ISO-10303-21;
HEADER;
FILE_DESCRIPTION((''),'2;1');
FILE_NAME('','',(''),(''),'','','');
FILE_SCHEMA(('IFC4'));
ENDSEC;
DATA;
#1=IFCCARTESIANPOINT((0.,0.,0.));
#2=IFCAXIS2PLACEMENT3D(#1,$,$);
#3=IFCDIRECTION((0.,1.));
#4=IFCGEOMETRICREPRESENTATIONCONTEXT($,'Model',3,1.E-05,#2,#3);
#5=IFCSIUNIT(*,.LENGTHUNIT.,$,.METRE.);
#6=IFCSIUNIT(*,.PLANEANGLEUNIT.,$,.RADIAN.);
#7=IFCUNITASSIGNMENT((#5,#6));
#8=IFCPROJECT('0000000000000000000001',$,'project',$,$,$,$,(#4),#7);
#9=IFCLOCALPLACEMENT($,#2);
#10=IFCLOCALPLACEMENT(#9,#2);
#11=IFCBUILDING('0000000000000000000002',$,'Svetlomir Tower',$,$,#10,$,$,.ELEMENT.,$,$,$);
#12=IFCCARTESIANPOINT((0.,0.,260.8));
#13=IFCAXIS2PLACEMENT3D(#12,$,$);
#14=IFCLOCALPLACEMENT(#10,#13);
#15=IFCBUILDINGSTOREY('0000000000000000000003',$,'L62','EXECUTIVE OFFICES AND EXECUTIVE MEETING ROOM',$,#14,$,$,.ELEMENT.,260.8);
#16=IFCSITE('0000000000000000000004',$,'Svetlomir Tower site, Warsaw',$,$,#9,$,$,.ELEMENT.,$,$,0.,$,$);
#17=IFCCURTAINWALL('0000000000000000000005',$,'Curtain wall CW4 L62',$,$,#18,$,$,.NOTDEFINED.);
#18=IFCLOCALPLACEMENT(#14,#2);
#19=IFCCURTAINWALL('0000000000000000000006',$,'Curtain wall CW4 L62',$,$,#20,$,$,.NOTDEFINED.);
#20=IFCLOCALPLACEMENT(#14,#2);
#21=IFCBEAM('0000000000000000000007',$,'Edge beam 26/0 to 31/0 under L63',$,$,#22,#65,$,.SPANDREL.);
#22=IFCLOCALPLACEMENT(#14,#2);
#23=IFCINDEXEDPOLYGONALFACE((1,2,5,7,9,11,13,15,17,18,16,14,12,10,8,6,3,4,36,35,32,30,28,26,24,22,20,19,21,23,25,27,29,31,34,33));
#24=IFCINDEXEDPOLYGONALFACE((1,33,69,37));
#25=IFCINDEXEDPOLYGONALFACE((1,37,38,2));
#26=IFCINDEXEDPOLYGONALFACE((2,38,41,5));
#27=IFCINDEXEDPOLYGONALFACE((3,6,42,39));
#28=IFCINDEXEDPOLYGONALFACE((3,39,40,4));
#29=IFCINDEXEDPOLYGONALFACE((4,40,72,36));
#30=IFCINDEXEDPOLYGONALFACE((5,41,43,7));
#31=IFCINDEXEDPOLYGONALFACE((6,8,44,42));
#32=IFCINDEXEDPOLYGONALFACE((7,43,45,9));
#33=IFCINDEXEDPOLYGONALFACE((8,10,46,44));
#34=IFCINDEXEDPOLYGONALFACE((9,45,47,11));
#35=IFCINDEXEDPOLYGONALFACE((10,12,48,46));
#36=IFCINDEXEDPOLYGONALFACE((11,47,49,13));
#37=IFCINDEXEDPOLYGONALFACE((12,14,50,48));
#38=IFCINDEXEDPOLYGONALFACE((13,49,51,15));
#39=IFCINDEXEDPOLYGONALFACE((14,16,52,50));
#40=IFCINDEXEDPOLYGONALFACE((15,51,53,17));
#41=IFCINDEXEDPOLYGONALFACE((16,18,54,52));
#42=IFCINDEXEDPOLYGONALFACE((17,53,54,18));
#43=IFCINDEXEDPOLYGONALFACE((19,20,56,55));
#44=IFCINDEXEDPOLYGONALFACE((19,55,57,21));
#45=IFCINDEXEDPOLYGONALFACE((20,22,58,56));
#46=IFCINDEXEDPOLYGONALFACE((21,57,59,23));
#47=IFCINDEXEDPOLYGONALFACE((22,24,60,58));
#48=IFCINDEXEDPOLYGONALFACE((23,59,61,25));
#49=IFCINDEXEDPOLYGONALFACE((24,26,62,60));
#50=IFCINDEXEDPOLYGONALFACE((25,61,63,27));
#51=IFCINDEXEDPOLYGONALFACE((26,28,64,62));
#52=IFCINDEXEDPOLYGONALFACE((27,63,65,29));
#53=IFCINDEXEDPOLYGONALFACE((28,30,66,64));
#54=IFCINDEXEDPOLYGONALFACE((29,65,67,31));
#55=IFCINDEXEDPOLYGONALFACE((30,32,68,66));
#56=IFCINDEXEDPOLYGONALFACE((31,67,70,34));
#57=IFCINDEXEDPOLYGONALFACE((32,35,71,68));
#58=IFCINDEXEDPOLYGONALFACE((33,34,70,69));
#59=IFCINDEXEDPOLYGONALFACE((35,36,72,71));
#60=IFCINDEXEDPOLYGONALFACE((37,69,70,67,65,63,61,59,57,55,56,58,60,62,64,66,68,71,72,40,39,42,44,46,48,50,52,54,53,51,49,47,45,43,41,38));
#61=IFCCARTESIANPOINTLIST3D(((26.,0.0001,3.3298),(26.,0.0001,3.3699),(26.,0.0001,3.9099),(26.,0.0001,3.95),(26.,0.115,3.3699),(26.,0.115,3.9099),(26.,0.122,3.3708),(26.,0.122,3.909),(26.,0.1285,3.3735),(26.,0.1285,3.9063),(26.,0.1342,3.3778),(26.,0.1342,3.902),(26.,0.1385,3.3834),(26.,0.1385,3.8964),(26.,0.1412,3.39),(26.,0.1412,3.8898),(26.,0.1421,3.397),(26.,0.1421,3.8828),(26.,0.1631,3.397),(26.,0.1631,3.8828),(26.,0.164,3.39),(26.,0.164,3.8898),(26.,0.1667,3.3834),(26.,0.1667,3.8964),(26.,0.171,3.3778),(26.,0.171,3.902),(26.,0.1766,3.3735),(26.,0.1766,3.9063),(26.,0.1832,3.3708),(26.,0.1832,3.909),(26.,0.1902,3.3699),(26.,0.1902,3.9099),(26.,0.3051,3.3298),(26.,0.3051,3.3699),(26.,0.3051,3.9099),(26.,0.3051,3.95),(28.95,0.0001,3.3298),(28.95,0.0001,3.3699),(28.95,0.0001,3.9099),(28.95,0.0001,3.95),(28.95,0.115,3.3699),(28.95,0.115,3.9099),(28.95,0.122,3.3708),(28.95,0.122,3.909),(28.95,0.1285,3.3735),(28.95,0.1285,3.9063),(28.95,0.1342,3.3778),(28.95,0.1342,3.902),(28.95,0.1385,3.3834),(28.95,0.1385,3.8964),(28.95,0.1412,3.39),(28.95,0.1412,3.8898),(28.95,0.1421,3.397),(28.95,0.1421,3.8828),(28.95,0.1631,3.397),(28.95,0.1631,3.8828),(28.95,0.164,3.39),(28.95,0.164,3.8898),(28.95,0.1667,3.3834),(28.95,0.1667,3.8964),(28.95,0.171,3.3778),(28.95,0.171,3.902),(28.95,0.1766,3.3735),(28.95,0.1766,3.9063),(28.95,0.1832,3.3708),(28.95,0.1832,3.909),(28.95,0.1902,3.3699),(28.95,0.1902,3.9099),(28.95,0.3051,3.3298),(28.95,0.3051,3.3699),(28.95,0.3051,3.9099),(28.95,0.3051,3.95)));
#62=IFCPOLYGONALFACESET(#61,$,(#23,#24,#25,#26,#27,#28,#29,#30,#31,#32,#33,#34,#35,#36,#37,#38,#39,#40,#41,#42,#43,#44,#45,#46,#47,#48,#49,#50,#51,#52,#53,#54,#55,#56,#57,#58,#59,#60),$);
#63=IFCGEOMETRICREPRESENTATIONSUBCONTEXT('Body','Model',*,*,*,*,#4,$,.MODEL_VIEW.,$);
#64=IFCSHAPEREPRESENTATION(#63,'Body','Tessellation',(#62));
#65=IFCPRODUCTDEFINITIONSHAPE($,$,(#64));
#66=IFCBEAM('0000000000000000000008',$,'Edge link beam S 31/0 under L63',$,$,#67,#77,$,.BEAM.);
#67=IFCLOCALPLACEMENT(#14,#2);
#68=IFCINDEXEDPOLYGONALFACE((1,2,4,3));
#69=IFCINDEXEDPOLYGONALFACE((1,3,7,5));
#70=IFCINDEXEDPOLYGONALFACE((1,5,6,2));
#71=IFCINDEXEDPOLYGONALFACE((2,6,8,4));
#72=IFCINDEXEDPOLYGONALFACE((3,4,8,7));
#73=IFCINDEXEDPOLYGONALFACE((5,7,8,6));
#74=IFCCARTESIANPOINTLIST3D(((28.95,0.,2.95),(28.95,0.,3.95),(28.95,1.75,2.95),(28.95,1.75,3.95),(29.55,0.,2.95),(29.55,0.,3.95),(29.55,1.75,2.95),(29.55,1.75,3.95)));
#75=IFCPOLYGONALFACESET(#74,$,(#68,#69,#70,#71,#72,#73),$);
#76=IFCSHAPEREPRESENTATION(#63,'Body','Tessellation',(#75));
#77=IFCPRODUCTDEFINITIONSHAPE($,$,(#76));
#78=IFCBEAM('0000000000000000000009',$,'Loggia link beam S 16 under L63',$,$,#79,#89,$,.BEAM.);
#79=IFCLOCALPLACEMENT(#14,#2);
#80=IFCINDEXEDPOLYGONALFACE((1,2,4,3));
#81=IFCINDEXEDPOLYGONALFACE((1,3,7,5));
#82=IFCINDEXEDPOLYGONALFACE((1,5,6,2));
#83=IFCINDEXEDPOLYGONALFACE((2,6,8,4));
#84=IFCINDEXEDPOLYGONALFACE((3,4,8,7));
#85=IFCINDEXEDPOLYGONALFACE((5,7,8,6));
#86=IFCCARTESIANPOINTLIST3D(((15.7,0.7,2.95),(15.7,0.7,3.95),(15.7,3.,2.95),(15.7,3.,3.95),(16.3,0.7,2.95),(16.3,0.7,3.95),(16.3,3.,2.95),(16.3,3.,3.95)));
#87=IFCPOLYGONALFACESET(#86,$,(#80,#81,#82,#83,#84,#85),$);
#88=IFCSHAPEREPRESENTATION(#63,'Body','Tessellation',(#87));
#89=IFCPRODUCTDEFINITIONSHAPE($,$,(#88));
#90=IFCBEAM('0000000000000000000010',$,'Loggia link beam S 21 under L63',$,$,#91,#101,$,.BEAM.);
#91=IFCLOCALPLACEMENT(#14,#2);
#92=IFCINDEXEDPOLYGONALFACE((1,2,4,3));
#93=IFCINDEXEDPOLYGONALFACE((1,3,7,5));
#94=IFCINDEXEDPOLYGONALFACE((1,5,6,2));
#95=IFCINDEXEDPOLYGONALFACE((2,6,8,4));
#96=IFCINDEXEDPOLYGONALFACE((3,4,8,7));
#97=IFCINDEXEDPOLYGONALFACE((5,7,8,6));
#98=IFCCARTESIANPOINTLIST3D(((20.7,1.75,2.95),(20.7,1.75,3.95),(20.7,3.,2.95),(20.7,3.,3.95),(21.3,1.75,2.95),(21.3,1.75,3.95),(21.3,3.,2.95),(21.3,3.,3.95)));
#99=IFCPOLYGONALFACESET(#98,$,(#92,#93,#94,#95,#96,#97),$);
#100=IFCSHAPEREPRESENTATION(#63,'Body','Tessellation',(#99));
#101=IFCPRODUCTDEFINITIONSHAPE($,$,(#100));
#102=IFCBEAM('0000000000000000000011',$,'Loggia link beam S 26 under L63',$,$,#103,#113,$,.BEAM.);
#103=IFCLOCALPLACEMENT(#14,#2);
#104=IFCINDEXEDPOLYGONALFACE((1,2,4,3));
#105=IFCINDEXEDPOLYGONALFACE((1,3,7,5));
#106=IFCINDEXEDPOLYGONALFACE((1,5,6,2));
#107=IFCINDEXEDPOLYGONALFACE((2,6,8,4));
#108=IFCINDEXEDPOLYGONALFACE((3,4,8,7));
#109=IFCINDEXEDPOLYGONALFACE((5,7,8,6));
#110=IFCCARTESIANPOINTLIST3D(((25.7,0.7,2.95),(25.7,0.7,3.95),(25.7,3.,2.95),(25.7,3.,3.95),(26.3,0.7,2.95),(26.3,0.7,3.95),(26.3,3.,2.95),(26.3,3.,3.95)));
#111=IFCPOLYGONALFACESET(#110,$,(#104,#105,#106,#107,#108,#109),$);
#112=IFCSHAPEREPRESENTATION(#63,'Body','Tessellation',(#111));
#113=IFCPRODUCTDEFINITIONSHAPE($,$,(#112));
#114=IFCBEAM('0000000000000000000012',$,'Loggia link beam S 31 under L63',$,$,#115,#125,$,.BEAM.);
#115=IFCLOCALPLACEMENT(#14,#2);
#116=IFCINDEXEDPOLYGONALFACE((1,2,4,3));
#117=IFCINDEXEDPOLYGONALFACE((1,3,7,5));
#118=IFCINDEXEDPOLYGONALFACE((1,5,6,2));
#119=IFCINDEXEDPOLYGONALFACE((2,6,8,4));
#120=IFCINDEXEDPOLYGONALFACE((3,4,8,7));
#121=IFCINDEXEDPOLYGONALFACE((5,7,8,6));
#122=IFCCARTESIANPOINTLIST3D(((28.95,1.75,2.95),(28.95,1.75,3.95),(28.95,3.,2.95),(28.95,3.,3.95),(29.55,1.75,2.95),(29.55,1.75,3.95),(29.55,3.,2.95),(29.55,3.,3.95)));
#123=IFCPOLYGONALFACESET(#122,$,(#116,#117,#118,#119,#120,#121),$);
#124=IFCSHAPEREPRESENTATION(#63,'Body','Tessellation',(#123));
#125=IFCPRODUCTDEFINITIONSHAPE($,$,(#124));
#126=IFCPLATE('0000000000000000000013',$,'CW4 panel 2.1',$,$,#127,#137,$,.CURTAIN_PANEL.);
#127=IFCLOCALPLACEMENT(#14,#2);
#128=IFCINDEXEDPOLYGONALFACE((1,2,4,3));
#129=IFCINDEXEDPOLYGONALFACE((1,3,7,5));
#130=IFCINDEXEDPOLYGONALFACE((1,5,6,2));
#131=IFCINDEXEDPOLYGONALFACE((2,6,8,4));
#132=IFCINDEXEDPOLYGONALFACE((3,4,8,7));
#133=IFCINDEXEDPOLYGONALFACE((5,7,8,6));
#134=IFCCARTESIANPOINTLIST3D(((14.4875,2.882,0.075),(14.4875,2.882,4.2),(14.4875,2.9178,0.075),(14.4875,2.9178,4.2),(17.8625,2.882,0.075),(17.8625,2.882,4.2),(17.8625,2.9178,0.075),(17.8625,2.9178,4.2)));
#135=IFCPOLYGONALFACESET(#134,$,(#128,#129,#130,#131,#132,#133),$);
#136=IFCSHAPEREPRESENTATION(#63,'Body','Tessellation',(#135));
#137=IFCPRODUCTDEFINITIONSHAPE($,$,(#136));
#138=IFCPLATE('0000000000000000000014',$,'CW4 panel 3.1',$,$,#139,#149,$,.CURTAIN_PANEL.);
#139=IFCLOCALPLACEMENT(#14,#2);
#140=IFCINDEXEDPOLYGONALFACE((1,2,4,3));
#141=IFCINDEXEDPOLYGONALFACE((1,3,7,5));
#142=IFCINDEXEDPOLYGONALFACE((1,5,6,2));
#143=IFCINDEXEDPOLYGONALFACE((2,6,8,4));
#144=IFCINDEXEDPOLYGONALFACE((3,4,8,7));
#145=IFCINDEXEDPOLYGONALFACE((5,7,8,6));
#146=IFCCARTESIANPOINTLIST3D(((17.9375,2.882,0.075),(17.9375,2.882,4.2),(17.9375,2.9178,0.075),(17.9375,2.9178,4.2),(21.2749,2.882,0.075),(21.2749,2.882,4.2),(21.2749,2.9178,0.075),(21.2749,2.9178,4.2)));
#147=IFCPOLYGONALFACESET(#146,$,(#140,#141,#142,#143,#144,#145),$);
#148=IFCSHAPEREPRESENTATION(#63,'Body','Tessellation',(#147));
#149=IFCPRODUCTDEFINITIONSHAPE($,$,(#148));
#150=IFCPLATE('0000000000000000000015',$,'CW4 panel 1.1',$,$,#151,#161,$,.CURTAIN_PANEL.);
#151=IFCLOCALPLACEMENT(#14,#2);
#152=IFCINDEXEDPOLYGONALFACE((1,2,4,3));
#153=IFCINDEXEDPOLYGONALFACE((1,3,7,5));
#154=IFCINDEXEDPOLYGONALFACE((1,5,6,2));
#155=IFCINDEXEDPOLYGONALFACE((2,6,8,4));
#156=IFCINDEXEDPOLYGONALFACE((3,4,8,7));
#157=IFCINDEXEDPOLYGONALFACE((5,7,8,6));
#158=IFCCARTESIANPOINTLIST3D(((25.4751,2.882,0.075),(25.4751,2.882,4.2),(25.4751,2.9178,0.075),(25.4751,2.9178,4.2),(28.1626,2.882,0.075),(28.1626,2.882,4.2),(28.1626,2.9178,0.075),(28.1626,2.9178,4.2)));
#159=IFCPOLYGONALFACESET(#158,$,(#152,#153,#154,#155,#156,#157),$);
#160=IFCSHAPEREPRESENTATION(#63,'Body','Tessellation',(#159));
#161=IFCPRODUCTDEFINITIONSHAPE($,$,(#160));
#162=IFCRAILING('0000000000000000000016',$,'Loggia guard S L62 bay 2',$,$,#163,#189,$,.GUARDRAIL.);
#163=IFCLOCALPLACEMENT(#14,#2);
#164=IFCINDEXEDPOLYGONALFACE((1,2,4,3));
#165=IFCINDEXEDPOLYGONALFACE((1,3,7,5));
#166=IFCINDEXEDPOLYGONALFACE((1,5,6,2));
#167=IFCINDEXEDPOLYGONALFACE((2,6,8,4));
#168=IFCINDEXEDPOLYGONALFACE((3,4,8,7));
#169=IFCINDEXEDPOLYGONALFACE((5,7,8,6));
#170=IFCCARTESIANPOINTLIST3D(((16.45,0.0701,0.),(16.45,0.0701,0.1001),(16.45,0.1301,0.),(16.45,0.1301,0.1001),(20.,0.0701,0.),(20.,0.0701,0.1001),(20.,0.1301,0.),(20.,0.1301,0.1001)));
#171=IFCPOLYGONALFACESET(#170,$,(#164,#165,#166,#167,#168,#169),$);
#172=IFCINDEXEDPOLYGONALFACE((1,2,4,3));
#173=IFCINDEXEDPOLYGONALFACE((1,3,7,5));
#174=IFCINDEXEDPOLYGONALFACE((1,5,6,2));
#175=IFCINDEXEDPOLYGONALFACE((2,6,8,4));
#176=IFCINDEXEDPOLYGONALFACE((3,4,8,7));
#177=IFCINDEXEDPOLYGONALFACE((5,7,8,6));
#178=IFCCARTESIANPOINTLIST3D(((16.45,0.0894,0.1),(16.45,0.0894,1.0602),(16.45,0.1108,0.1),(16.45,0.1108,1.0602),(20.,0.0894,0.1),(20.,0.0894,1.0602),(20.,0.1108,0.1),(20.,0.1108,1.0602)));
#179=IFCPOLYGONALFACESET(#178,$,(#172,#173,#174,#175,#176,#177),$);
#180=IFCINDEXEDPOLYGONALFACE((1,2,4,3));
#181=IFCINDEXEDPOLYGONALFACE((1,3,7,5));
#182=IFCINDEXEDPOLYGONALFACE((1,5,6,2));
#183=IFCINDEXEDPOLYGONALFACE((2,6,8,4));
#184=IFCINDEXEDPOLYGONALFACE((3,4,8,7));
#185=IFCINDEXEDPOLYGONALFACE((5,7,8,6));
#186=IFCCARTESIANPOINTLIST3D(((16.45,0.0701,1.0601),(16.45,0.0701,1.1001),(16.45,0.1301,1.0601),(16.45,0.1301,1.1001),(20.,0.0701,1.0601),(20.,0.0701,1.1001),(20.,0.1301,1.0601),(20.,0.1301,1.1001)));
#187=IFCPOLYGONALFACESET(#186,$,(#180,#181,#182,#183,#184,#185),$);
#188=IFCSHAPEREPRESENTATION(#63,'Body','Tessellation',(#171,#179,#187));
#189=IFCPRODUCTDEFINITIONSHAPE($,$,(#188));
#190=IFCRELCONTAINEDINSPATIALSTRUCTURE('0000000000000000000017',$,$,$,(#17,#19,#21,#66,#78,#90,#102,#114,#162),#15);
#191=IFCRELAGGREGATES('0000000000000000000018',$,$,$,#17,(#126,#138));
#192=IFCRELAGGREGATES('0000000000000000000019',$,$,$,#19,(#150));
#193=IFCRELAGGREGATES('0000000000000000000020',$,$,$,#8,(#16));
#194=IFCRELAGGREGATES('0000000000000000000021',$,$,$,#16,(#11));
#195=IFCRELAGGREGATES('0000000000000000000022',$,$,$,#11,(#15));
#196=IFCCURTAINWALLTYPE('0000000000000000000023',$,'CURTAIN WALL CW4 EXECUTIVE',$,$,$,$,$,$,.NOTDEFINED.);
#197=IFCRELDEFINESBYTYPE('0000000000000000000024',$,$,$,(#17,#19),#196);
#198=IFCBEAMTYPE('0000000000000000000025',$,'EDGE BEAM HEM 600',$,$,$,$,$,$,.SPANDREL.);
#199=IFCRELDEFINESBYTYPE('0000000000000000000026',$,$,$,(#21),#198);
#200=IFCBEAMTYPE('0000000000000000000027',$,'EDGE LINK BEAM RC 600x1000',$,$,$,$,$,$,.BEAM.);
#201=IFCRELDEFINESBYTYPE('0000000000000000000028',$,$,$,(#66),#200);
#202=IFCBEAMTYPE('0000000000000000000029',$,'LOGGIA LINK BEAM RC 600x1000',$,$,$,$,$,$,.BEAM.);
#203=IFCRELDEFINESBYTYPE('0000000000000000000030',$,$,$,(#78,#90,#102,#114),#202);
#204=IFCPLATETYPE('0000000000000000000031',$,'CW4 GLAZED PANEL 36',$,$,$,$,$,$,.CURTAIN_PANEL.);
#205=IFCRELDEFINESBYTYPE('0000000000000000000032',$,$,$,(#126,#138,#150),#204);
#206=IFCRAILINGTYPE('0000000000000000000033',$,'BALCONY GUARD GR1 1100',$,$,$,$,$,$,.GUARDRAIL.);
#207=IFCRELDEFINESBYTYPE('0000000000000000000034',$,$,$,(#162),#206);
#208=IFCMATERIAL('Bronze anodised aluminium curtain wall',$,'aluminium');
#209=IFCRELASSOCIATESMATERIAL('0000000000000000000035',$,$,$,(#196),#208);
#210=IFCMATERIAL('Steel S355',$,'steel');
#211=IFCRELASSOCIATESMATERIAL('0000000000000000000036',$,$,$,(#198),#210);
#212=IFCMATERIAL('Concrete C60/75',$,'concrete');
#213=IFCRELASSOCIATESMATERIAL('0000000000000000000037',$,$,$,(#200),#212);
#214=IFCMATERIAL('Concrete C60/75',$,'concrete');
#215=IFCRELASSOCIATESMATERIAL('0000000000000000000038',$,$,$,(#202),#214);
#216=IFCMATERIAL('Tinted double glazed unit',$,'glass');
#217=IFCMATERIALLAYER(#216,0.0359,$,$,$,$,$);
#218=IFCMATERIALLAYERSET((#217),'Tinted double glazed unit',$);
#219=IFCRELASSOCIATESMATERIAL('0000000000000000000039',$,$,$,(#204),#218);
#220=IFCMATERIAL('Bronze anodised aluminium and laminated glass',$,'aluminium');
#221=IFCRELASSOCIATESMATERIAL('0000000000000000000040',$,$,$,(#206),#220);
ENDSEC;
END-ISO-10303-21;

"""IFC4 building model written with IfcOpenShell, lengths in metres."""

from ifc_helpers import new_model, si_unit, direction, frame, origin, origin_2d, place, context, subcontext, project, spatial, rectangle, i_section, extrude, material, layer, layer_set, material_profile, profile_set, type_object, element, aggregate, save


model = new_model("IFC4")

# Units and contexts
model_context = context("Model", 3, precision=1e-05, world=origin(), true_north=direction((0.0, 1.0)))
body_context = subcontext(model_context, "Body", "Model", "MODEL_VIEW")
ifc_project = project(units=[si_unit("LENGTHUNIT", "METRE"), si_unit("PLANEANGLEUNIT", "RADIAN")], contexts=[model_context])

# Site, building, storey
site_placement = place(None, origin())
site = spatial("IfcSite", under=ifc_project, at=site_placement, Name="Svetlomir Tower site, Warsaw", CompositionType="ELEMENT", RefElevation=0.0)
building_placement = place(site_placement, origin())
building = spatial("IfcBuilding", under=site, at=building_placement, Name="Svetlomir Tower", CompositionType="ELEMENT")
storey_placement = place(building_placement, frame((0.0, 0.0, 260.8)))
storey = spatial("IfcBuildingStorey", under=building, at=storey_placement, Name="L62", Description="EXECUTIVE OFFICES AND EXECUTIVE MEETING ROOM", CompositionType="ELEMENT", Elevation=260.8)

# Curtain wall
ifc_material_1 = material(Name="Bronze anodised aluminium curtain wall", Category="aluminium")
curtain_wall_type = type_object("IfcCurtainWallType", Name="CURTAIN WALL CW4 EXECUTIVE", PredefinedType="NOTDEFINED", material=ifc_material_1)
curtain_wall_1_placement = place(storey_placement, origin())
curtain_wall_1 = element("IfcCurtainWall", 1, at=curtain_wall_1_placement, inside=storey, type_object=curtain_wall_type, Name="Curtain wall CW4 L62", PredefinedType="NOTDEFINED")

# Curtain wall
curtain_wall_2_placement = place(storey_placement, origin())
curtain_wall_2 = element("IfcCurtainWall", 2, at=curtain_wall_2_placement, inside=storey, type_object=curtain_wall_type, Name="Curtain wall CW4 L62", PredefinedType="NOTDEFINED")

# Beams
ifc_material_2 = material(Name="Steel S355", Category="steel")
ifc_material_profile_1 = material_profile(ifc_material_2, i_section(OverallWidth=0.3049, OverallDepth=0.6201, WebThickness=0.021, FlangeThickness=0.04, FilletRadius=0.0271, at=origin_2d()), Name="HEM 600")
ifc_profile_set_1 = profile_set([ifc_material_profile_1], Name="Steel S355")
beam_type_1 = type_object("IfcBeamType", Name="EDGE BEAM HEM 600", PredefinedType="SPANDREL", material=ifc_profile_set_1)
beam_1_placement = place(storey_placement, frame((26.0, 0.1526, 3.6399), z_axis=(1.0, 0.0, 0.0), x_axis=(0.0, 1.0, 0.0)))
element("IfcBeam", 3, at=beam_1_placement, inside=storey, type_object=beam_type_1, Name="Edge beam 26/0 to 31/0 under L63", PredefinedType="SPANDREL", context=body_context, shape_type="SweptSolid", body=[
    extrude(i_section(OverallWidth=0.3049, OverallDepth=0.6201, WebThickness=0.021, FlangeThickness=0.04, FilletRadius=0.0271, at=origin_2d()), origin(), (0.0, 0.0, 1.0), 2.95),
])
ifc_material_3 = material(Name="Concrete C60/75", Category="concrete")
ifc_material_profile_2 = material_profile(ifc_material_3, rectangle(XDim=0.6001, YDim=1.0, at=origin_2d()), Name="RC 600x1000")
ifc_profile_set_2 = profile_set([ifc_material_profile_2], Name="Concrete C60/75")
beam_type_2 = type_object("IfcBeamType", Name="EDGE LINK BEAM RC 600x1000", PredefinedType="BEAM", material=ifc_profile_set_2)
beam_2_placement = place(storey_placement, frame((29.25, 1.75, 3.45), z_axis=(0.0, -1.0, 0.0), x_axis=(1.0, 0.0, 0.0)))
element("IfcBeam", 4, at=beam_2_placement, inside=storey, type_object=beam_type_2, Name="Edge link beam S 31/0 under L63", PredefinedType="BEAM", context=body_context, shape_type="SweptSolid", body=[
    extrude(rectangle(XDim=0.6001, YDim=1.0, at=origin_2d()), origin(), (0.0, 0.0, 1.0), 1.75),
])
ifc_material_4 = material(Name="Concrete C60/75", Category="concrete")
ifc_material_profile_3 = material_profile(ifc_material_4, rectangle(XDim=0.6001, YDim=1.0, at=origin_2d()), Name="RC 600x1000")
ifc_profile_set_3 = profile_set([ifc_material_profile_3], Name="Concrete C60/75")
beam_type_3 = type_object("IfcBeamType", Name="LOGGIA LINK BEAM RC 600x1000", PredefinedType="BEAM", material=ifc_profile_set_3)
beam_3_placement = place(storey_placement, frame((16.0, 0.7, 3.45), z_axis=(0.0, 1.0, 0.0), x_axis=(-1.0, 0.0, 0.0)))
element("IfcBeam", 5, at=beam_3_placement, inside=storey, type_object=beam_type_3, Name="Loggia link beam S 16 under L63", PredefinedType="BEAM", context=body_context, shape_type="SweptSolid", body=[
    extrude(rectangle(XDim=0.6001, YDim=1.0, at=origin_2d()), origin(), (0.0, 0.0, 1.0), 2.3),
])
beam_4_placement = place(storey_placement, frame((21.0, 1.75, 3.45), z_axis=(0.0, 1.0, 0.0), x_axis=(-1.0, 0.0, 0.0)))
element("IfcBeam", 6, at=beam_4_placement, inside=storey, type_object=beam_type_3, Name="Loggia link beam S 21 under L63", PredefinedType="BEAM", context=body_context, shape_type="SweptSolid", body=[
    extrude(rectangle(XDim=0.6001, YDim=1.0, at=origin_2d()), origin(), (0.0, 0.0, 1.0), 1.25),
])
beam_5_placement = place(storey_placement, frame((26.0, 0.7, 3.45), z_axis=(0.0, 1.0, 0.0), x_axis=(-1.0, 0.0, 0.0)))
element("IfcBeam", 7, at=beam_5_placement, inside=storey, type_object=beam_type_3, Name="Loggia link beam S 26 under L63", PredefinedType="BEAM", context=body_context, shape_type="SweptSolid", body=[
    extrude(rectangle(XDim=0.6001, YDim=1.0, at=origin_2d()), origin(), (0.0, 0.0, 1.0), 2.3),
])
beam_6_placement = place(storey_placement, frame((29.25, 1.75, 3.45), z_axis=(0.0, 1.0, 0.0), x_axis=(-1.0, 0.0, 0.0)))
element("IfcBeam", 8, at=beam_6_placement, inside=storey, type_object=beam_type_3, Name="Loggia link beam S 31 under L63", PredefinedType="BEAM", context=body_context, shape_type="SweptSolid", body=[
    extrude(rectangle(XDim=0.6001, YDim=1.0, at=origin_2d()), origin(), (0.0, 0.0, 1.0), 1.25),
])

# Plates
ifc_material_5 = material(Name="Tinted double glazed unit", Category="glass")
ifc_layer_1 = layer(ifc_material_5, 0.0359)
ifc_layer_set_1 = layer_set([ifc_layer_1], Name="Tinted double glazed unit")
plate_type = type_object("IfcPlateType", Name="CW4 GLAZED PANEL 36", PredefinedType="CURTAIN_PANEL", material=ifc_layer_set_1)
plate_1_placement = place(storey_placement, frame((16.175, 2.8999, 0.075), z_axis=(0.0, 0.0, 1.0), x_axis=(1.0, 0.0, 0.0)))
plate_1 = element("IfcPlate", 9, at=plate_1_placement, type_object=plate_type, Name="CW4 panel 2.1", PredefinedType="CURTAIN_PANEL", context=body_context, shape_type="SweptSolid", body=[
    extrude(rectangle(XDim=3.375, YDim=0.0359, at=origin_2d()), origin(), (0.0, 0.0, 1.0), 4.125),
])
plate_2_placement = place(storey_placement, frame((19.6062, 2.8999, 0.075), z_axis=(0.0, 0.0, 1.0), x_axis=(1.0, 0.0, 0.0)))
plate_2 = element("IfcPlate", 10, at=plate_2_placement, type_object=plate_type, Name="CW4 panel 3.1", PredefinedType="CURTAIN_PANEL", context=body_context, shape_type="SweptSolid", body=[
    extrude(rectangle(XDim=3.3374, YDim=0.0359, at=origin_2d()), origin(), (0.0, 0.0, 1.0), 4.125),
])
aggregate(curtain_wall_1, [plate_1, plate_2])
plate_3_placement = place(storey_placement, frame((26.8188, 2.8999, 0.075), z_axis=(0.0, 0.0, 1.0), x_axis=(1.0, 0.0, 0.0)))
plate_3 = element("IfcPlate", 11, at=plate_3_placement, type_object=plate_type, Name="CW4 panel 1.1", PredefinedType="CURTAIN_PANEL", context=body_context, shape_type="SweptSolid", body=[
    extrude(rectangle(XDim=2.6875, YDim=0.0359, at=origin_2d()), origin(), (0.0, 0.0, 1.0), 4.125),
])
aggregate(curtain_wall_2, [plate_3])

# Railing
ifc_material_6 = material(Name="Bronze anodised aluminium and laminated glass", Category="aluminium")
railing_type = type_object("IfcRailingType", Name="BALCONY GUARD GR1 1100", PredefinedType="GUARDRAIL", material=ifc_material_6)
for number, where, name in (
    (12, (16.45, 0.1001, 0.0), "Loggia guard S L62 bay 2"),
):
    element("IfcRailing", number, at=place(storey_placement, frame(where)), inside=storey, type_object=railing_type, Name=name, PredefinedType="GUARDRAIL", context=body_context, shape_type="SweptSolid", body=[
        extrude(rectangle(XDim=0.0601, YDim=0.1001, at=origin_2d()), frame((0.0, 0.0, 0.05), z_axis=(1.0, 0.0, 0.0), x_axis=(0.0, 1.0, 0.0)), (0.0, 0.0, 1.0), 3.55),
        extrude(rectangle(XDim=0.0215, YDim=0.9602, at=origin_2d()), frame((0.0, 0.0, 0.5801), z_axis=(1.0, 0.0, 0.0), x_axis=(0.0, 1.0, 0.0)), (0.0, 0.0, 1.0), 3.55),
        extrude(rectangle(XDim=0.0601, YDim=0.04, at=origin_2d()), frame((0.0, 0.0, 1.0801), z_axis=(1.0, 0.0, 0.0), x_axis=(0.0, 1.0, 0.0)), (0.0, 0.0, 1.0), 3.55),
    ])

save(model, "model.ifc")
